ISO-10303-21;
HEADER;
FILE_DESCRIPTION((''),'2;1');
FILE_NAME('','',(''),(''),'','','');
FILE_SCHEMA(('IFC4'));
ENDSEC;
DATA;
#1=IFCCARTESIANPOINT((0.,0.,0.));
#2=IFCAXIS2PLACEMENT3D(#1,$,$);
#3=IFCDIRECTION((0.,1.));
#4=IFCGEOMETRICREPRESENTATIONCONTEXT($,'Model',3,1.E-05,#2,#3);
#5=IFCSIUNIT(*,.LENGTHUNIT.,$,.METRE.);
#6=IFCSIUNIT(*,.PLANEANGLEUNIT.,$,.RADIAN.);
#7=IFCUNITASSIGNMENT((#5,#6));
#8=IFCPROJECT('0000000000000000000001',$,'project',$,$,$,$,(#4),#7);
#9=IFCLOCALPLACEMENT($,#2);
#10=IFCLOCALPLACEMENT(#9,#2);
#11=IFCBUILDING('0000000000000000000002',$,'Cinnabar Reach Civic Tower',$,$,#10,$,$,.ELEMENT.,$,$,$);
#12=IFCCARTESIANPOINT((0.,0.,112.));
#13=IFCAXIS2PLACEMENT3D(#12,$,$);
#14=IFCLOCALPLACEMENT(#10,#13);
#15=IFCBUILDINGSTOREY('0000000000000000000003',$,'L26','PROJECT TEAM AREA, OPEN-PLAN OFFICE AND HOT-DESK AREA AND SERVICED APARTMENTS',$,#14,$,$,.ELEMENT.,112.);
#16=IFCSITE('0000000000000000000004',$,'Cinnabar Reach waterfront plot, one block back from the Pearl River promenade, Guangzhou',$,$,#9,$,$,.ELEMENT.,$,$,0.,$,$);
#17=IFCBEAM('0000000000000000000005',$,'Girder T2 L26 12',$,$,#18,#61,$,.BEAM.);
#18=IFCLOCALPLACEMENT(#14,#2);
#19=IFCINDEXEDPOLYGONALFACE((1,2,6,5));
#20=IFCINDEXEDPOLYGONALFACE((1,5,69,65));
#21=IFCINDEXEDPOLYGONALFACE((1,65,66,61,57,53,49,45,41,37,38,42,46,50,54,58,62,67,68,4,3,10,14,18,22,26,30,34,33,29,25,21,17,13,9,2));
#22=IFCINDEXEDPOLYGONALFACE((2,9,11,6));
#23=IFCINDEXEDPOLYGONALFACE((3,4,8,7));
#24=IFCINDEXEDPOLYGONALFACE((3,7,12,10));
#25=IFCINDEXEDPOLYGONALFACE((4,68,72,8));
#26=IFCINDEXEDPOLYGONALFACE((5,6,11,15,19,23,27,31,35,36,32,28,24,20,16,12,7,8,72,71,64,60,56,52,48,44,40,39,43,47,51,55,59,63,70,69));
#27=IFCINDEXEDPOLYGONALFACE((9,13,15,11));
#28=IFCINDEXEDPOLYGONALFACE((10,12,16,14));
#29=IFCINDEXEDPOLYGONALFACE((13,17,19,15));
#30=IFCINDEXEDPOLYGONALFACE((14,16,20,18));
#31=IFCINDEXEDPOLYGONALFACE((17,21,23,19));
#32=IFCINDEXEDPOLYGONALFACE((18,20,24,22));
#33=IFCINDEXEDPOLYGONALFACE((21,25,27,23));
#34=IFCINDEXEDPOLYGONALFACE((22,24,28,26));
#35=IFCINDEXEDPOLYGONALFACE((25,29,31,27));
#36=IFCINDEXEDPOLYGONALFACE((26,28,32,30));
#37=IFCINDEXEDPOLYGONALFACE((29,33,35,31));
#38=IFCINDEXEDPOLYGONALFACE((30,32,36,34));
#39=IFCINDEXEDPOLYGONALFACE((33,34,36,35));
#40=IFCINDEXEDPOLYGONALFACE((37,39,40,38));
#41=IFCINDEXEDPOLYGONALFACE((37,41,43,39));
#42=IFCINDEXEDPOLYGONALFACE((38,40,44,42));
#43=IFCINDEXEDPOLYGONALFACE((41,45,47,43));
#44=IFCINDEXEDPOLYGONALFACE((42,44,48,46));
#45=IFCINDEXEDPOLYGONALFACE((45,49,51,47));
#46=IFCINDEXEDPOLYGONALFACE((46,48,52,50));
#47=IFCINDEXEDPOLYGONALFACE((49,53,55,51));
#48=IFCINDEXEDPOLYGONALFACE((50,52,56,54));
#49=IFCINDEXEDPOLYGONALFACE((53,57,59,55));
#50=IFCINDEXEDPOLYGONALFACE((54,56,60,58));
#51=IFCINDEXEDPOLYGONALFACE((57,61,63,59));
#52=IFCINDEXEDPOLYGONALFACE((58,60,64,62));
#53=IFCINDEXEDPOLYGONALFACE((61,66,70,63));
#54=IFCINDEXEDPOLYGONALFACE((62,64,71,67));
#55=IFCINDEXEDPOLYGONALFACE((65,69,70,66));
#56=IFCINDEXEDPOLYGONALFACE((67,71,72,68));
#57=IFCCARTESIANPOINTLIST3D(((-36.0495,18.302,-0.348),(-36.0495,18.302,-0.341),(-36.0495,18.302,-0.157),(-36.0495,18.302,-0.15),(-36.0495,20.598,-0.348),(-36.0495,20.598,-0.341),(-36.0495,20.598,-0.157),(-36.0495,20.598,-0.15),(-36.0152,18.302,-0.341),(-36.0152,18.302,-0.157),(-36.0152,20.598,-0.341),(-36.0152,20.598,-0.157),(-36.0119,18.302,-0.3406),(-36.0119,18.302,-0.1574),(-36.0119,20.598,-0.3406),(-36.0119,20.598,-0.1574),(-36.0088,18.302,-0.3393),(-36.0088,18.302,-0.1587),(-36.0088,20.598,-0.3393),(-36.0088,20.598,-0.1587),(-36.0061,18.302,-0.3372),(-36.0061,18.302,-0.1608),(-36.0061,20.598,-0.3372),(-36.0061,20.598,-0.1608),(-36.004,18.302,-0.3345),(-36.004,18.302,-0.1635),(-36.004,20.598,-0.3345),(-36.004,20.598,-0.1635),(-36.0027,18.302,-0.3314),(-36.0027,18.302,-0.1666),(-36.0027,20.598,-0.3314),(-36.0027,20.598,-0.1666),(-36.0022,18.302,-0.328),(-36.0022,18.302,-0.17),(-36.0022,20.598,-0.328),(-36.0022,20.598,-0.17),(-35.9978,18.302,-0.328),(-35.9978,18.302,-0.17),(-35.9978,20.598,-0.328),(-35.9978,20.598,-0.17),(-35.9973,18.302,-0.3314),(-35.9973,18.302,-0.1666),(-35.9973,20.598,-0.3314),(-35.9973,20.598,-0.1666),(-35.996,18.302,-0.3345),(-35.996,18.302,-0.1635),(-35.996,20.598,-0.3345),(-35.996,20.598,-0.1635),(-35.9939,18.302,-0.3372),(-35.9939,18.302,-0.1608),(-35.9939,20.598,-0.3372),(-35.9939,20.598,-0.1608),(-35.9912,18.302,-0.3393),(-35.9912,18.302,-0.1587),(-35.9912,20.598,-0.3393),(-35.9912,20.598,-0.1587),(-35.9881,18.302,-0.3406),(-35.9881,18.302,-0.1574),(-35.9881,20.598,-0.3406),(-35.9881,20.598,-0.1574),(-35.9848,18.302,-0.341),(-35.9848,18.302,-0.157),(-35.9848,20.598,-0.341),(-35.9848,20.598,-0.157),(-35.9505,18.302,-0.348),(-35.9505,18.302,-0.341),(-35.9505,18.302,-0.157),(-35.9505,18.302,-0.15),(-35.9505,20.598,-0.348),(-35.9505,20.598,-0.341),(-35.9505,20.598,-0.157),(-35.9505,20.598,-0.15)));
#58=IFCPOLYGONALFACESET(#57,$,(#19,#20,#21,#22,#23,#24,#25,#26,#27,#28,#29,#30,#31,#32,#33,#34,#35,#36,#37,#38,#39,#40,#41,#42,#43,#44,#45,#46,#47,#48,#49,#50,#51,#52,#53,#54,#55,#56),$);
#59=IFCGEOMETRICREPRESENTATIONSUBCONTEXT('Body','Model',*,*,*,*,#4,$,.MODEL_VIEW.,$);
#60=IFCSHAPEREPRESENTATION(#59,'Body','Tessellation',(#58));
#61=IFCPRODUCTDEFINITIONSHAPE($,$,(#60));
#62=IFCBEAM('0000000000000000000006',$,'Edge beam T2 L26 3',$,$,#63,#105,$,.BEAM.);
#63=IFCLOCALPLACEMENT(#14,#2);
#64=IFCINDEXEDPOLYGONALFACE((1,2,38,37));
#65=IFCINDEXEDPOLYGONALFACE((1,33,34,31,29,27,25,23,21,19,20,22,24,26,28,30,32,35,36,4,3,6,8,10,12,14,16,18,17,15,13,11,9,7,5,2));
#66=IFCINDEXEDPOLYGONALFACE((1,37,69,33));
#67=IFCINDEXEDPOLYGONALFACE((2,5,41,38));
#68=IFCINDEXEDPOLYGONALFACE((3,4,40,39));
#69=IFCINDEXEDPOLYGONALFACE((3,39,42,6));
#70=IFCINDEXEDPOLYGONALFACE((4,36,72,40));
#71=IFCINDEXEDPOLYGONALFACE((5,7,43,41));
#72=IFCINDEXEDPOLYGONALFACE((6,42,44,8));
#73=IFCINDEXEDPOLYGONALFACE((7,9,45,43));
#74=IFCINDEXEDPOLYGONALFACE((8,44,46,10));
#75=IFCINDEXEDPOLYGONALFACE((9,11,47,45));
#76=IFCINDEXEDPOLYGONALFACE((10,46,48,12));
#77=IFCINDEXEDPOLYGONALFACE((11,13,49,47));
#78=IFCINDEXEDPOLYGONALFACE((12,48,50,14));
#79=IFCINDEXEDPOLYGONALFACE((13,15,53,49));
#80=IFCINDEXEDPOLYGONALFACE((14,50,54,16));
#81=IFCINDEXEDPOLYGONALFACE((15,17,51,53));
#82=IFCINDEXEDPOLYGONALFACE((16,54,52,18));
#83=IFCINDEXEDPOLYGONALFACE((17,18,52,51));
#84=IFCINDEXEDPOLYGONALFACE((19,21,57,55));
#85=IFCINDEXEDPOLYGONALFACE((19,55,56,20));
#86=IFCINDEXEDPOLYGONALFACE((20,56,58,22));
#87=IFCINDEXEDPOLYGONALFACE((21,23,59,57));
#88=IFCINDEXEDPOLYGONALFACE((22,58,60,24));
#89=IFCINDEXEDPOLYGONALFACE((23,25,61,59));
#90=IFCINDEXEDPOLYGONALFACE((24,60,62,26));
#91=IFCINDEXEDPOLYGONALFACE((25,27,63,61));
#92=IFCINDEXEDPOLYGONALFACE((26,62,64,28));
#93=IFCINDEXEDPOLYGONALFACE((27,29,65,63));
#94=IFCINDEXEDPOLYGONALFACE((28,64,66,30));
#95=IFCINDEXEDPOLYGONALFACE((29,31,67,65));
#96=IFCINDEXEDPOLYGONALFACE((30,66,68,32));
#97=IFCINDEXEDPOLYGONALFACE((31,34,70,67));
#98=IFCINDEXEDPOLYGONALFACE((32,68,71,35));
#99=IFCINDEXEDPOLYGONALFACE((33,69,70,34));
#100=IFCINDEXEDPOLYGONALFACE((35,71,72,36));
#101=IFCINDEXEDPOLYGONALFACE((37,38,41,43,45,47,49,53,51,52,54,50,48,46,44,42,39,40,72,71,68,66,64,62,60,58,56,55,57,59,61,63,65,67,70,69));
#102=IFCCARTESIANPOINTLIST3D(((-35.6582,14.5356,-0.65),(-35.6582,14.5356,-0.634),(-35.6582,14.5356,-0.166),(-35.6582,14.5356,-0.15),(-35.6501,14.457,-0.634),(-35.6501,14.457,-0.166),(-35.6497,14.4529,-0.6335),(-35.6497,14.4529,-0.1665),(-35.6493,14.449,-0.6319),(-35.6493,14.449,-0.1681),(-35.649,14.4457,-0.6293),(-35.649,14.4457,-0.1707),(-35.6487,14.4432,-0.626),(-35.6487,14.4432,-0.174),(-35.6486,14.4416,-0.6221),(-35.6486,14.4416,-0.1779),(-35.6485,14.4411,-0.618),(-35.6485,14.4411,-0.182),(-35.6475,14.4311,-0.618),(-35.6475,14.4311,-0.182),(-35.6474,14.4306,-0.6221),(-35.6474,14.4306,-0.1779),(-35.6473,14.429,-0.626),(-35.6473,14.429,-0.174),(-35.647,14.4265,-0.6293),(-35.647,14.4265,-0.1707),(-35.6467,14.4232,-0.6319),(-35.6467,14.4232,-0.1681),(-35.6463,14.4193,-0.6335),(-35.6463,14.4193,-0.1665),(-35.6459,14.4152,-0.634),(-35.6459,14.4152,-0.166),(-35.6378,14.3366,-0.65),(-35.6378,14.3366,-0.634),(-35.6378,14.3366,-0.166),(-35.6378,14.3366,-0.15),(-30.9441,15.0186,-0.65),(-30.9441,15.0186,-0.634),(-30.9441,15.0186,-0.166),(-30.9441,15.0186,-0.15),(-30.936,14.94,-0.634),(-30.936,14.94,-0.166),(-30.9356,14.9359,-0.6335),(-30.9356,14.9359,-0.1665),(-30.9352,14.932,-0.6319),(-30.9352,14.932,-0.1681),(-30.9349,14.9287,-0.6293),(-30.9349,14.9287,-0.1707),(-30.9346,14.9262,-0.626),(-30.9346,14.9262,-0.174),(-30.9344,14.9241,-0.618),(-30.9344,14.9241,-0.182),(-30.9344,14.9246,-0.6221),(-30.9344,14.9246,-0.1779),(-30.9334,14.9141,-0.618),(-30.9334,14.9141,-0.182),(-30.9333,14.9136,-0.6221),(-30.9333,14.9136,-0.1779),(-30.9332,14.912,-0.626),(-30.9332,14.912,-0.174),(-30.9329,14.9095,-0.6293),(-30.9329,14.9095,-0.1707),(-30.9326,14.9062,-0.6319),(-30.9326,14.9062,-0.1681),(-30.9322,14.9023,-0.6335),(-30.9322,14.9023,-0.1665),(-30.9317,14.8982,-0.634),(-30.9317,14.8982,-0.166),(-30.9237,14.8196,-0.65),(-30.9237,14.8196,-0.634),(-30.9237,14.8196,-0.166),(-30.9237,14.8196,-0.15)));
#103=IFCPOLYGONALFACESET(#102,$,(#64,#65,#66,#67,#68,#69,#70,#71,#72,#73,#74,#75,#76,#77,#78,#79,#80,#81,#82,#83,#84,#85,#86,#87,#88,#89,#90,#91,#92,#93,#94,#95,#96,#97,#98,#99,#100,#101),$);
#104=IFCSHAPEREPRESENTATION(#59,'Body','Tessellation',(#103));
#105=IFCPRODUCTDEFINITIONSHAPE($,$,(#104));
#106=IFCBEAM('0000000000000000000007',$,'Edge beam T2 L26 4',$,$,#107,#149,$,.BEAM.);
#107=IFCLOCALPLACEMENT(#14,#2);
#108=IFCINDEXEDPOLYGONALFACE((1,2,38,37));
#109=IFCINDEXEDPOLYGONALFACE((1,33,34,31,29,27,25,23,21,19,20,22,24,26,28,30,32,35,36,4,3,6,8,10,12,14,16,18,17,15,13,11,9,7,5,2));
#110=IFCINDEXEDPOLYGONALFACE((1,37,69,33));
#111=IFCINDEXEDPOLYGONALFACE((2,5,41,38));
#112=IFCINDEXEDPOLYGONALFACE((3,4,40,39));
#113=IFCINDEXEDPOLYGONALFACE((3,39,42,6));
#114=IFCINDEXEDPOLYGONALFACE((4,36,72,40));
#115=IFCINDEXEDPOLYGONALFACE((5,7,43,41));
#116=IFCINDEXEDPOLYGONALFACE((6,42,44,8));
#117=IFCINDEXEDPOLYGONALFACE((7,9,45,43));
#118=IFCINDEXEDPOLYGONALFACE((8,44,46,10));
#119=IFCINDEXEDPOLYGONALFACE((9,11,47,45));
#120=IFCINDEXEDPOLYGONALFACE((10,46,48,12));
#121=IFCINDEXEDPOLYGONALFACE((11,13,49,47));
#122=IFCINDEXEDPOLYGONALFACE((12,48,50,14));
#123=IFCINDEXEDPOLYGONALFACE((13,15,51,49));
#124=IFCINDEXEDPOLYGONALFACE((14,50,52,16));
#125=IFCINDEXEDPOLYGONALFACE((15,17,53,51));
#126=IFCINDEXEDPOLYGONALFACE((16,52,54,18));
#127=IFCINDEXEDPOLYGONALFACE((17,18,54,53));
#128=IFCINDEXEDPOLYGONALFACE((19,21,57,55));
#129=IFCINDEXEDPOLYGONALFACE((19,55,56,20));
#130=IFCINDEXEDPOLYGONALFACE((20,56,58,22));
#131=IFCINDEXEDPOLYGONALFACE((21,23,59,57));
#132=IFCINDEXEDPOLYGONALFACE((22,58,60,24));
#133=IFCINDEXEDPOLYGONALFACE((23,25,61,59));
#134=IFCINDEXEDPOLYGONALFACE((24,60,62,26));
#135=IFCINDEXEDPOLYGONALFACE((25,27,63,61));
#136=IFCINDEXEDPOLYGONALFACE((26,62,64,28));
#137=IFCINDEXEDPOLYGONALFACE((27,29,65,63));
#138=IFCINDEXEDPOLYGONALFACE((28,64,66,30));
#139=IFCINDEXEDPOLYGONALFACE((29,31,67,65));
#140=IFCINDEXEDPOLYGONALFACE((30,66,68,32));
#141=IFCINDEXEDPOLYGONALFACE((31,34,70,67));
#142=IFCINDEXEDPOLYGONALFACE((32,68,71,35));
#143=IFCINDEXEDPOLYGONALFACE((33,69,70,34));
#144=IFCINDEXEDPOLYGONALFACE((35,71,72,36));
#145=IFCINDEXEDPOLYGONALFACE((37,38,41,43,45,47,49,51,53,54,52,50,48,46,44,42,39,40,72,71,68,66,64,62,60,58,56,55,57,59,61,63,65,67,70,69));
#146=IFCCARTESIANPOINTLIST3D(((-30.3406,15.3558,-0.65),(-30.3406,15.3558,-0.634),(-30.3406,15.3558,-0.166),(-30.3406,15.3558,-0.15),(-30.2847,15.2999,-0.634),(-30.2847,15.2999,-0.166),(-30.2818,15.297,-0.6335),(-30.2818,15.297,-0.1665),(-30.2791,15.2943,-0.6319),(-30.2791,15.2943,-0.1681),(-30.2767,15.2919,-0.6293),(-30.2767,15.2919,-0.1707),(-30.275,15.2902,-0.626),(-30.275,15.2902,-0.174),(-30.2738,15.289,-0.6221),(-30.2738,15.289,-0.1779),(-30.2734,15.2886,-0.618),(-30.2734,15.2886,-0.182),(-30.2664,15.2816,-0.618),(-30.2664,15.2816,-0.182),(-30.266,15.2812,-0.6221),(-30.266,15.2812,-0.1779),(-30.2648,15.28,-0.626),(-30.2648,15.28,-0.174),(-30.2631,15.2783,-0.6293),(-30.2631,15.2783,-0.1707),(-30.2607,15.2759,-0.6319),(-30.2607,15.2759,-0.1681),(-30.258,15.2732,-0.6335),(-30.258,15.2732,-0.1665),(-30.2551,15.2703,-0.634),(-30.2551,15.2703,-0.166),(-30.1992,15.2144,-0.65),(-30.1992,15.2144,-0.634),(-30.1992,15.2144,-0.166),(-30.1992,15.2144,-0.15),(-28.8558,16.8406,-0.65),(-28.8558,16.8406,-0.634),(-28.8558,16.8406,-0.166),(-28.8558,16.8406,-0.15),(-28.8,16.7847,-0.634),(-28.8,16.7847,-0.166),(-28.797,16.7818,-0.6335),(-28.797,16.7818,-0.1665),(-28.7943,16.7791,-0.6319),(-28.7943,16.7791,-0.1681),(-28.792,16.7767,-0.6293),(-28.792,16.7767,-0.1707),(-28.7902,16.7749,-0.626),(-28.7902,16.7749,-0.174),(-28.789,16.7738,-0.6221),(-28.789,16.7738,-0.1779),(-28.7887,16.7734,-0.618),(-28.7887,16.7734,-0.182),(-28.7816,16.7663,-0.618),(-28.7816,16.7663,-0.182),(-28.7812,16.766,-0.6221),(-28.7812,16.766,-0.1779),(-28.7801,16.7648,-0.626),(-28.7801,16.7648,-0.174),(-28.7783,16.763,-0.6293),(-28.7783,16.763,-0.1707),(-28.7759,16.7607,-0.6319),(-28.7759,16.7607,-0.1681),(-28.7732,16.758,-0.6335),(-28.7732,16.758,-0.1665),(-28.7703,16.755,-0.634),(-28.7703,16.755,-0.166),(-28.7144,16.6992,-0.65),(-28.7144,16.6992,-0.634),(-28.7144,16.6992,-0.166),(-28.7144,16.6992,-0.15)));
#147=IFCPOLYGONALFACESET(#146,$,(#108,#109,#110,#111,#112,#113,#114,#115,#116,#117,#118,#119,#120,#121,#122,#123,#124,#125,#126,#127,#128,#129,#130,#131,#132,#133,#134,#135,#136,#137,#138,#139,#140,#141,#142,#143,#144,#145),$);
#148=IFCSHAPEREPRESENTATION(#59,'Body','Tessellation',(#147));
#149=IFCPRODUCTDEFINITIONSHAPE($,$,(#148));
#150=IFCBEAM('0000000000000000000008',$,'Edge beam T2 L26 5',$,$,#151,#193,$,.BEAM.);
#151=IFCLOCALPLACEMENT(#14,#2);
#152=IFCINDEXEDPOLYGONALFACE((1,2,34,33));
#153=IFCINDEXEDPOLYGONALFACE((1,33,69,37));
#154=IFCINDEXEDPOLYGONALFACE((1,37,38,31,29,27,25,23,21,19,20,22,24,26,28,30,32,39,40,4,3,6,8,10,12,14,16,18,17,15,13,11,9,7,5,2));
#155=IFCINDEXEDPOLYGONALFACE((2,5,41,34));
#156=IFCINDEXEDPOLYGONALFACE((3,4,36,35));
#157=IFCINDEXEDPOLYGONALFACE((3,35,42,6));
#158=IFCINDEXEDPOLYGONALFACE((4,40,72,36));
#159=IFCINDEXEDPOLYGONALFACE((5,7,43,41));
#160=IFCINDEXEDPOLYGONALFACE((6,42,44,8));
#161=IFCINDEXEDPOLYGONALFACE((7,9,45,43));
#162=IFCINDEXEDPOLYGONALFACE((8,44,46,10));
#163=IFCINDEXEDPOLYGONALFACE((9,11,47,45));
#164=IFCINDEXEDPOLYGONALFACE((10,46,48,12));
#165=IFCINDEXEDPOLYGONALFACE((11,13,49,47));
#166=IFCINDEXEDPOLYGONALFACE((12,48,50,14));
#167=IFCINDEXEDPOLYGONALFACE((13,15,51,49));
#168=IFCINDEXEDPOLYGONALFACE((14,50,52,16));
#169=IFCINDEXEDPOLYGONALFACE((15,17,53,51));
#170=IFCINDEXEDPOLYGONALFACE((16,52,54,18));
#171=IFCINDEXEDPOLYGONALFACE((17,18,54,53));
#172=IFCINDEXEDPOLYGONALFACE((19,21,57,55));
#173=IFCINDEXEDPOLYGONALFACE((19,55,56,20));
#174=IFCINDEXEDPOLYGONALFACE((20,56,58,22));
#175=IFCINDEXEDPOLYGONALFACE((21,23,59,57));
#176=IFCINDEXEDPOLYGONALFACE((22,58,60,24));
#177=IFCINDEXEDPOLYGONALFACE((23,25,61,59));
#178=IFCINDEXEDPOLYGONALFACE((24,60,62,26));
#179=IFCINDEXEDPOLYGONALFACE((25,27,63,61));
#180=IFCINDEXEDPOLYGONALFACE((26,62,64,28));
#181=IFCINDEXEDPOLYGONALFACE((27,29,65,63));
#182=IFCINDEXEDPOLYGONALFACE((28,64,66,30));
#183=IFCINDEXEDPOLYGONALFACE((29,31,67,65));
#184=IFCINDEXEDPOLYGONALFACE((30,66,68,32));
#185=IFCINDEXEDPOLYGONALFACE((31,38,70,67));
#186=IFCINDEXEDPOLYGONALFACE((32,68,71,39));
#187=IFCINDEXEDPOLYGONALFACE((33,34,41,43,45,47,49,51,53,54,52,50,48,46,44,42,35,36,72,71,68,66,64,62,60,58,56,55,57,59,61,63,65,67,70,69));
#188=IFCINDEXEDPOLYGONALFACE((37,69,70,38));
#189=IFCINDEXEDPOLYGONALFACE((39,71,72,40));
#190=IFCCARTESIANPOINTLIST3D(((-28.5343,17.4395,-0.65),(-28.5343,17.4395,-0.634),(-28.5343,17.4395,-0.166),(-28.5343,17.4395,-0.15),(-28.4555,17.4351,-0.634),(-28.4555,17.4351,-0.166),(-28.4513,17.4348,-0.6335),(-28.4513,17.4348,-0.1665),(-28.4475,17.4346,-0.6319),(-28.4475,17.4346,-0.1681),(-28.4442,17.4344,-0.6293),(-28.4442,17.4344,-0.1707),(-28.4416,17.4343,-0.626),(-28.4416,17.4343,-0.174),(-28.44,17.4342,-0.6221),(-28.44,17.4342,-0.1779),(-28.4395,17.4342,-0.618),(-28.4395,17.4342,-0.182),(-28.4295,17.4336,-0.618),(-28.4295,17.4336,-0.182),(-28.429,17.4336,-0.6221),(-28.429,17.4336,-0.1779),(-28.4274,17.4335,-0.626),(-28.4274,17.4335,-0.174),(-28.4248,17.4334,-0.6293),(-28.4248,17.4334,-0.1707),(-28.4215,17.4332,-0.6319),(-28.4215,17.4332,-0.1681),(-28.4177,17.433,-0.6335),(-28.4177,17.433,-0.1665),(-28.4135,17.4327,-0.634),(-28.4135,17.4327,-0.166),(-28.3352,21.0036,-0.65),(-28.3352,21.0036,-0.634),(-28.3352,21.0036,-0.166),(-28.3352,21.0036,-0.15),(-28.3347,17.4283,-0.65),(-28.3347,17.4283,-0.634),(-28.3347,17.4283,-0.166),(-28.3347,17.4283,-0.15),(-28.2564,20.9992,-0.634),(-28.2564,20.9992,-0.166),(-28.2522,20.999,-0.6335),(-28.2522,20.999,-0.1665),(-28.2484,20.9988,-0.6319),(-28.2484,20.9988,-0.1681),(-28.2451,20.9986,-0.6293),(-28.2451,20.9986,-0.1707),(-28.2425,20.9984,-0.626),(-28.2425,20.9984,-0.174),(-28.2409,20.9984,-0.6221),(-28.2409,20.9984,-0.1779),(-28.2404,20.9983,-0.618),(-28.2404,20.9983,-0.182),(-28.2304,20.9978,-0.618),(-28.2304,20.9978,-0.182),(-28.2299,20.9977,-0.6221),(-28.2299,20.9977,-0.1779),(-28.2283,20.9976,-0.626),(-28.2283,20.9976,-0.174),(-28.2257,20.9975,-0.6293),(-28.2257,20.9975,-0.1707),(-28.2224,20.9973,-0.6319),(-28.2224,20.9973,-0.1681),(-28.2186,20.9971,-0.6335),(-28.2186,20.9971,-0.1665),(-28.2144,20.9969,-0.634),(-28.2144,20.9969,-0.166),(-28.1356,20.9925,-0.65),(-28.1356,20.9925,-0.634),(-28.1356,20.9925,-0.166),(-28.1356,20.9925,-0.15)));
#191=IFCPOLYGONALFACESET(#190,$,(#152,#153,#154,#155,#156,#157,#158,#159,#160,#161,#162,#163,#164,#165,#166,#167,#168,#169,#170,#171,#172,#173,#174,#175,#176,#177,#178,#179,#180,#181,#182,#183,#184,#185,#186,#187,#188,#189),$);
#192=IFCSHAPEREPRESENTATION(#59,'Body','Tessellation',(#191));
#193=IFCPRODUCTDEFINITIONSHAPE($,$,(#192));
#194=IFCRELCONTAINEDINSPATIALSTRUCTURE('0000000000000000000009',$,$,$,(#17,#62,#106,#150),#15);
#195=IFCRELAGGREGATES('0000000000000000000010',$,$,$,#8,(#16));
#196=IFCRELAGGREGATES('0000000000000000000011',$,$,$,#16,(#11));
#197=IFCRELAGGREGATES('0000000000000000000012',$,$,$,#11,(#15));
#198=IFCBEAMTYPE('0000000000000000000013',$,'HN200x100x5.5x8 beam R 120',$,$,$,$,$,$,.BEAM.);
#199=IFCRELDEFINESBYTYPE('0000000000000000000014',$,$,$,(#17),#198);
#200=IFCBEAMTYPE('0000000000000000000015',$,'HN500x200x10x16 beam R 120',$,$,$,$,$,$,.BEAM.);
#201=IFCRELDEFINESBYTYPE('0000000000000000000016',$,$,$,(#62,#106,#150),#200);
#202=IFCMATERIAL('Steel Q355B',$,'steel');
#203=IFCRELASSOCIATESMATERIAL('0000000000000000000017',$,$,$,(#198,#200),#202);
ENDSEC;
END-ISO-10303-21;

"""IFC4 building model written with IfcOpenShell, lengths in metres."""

from ifc_helpers import new_model, si_unit, direction, frame, origin, origin_2d, place, context, subcontext, project, spatial, i_section, extrude, material, material_profile, profile_set, type_object, element, save


model = new_model("IFC4")

# Units and contexts
model_context = context("Model", 3, precision=1e-05, world=origin(), true_north=direction((0.0, 1.0)))
body_context = subcontext(model_context, "Body", "Model", "MODEL_VIEW")
ifc_project = project(units=[si_unit("LENGTHUNIT", "METRE"), si_unit("PLANEANGLEUNIT", "RADIAN")], contexts=[model_context])

# Site, building, storey
site_placement = place(None, origin())
site = spatial("IfcSite", under=ifc_project, at=site_placement, Name="Cinnabar Reach waterfront plot, one block back from the Pearl River promenade, Guangzhou", CompositionType="ELEMENT", RefElevation=0.0)
building_placement = place(site_placement, origin())
building = spatial("IfcBuilding", under=site, at=building_placement, Name="Cinnabar Reach Civic Tower", CompositionType="ELEMENT")
storey_placement = place(building_placement, frame((0.0, 0.0, 112.0)))
storey = spatial("IfcBuildingStorey", under=building, at=storey_placement, Name="L26", Description="PROJECT TEAM AREA, OPEN-PLAN OFFICE AND HOT-DESK AREA AND SERVICED APARTMENTS", CompositionType="ELEMENT", Elevation=112.0)

# Beams
ifc_material_1 = material(Name="Steel Q355B", Category="steel")
ifc_material_profile_1 = material_profile(ifc_material_1, i_section(OverallWidth=0.099, OverallDepth=0.198, WebThickness=0.0045, FlangeThickness=0.007, FilletRadius=0.013, at=origin_2d()), Name="HN200x100x5.5x8")
ifc_profile_set_1 = profile_set([ifc_material_profile_1], Name="Steel Q355B")
beam_type_1 = type_object("IfcBeamType", Name="HN200x100x5.5x8 beam R 120", PredefinedType="BEAM", material=ifc_profile_set_1)
beam_1_placement = place(storey_placement, frame((-36.0, 18.302, -0.249), z_axis=(0.0, 1.0, 0.0), x_axis=(-1.0, 0.0, 0.0)))
element("IfcBeam", 1, at=beam_1_placement, inside=storey, type_object=beam_type_1, Name="Girder T2 L26 12", PredefinedType="BEAM", context=body_context, shape_type="SweptSolid", body=[
    extrude(i_section(OverallWidth=0.099, OverallDepth=0.198, WebThickness=0.0045, FlangeThickness=0.007, FilletRadius=0.013, at=origin_2d()), origin(), (0.0, 0.0, 1.0), 2.296),
])
ifc_material_profile_2 = material_profile(ifc_material_1, i_section(OverallWidth=0.2, OverallDepth=0.5, WebThickness=0.01, FlangeThickness=0.016, FilletRadius=0.016, at=origin_2d()), Name="HN500x200x10x16")
ifc_profile_set_2 = profile_set([ifc_material_profile_2], Name="Steel Q355B")
beam_type_2 = type_object("IfcBeamType", Name="HN500x200x10x16 beam R 120", PredefinedType="BEAM", material=ifc_profile_set_2)
beam_2_placement = place(storey_placement, frame((-35.648, 14.4361, -0.4), z_axis=(0.994792, 0.101925, 0.0), x_axis=(-0.101925, 0.994792, 0.0)))
element("IfcBeam", 2, at=beam_2_placement, inside=storey, type_object=beam_type_2, Name="Edge beam T2 L26 3", PredefinedType="BEAM", context=body_context, shape_type="SweptSolid", body=[
    extrude(i_section(OverallWidth=0.2, OverallDepth=0.5, WebThickness=0.01, FlangeThickness=0.016, FilletRadius=0.016, at=origin_2d()), origin(), (0.0, 0.0, 1.0), 4.7388),
])
beam_3_placement = place(storey_placement, frame((-30.2699, 15.2851, -0.4), z_axis=(0.707107, 0.707107, 0.0), x_axis=(-0.707107, 0.707107, 0.0)))
element("IfcBeam", 3, at=beam_3_placement, inside=storey, type_object=beam_type_2, Name="Edge beam T2 L26 4", PredefinedType="BEAM", context=body_context, shape_type="SweptSolid", body=[
    extrude(i_section(OverallWidth=0.2, OverallDepth=0.5, WebThickness=0.01, FlangeThickness=0.016, FilletRadius=0.016, at=origin_2d()), origin(), (0.0, 0.0, 1.0), 2.0998),
])
beam_4_placement = place(storey_placement, frame((-28.4345, 17.4339, -0.4), z_axis=(0.055776, 0.998443, 0.0), x_axis=(-0.998443, 0.055776, 0.0)))
element("IfcBeam", 4, at=beam_4_placement, inside=storey, type_object=beam_type_2, Name="Edge beam T2 L26 5", PredefinedType="BEAM", context=body_context, shape_type="SweptSolid", body=[
    extrude(i_section(OverallWidth=0.2, OverallDepth=0.5, WebThickness=0.01, FlangeThickness=0.016, FilletRadius=0.016, at=origin_2d()), origin(), (0.0, 0.0, 1.0), 3.5697),
])

save(model, "model.ifc")
